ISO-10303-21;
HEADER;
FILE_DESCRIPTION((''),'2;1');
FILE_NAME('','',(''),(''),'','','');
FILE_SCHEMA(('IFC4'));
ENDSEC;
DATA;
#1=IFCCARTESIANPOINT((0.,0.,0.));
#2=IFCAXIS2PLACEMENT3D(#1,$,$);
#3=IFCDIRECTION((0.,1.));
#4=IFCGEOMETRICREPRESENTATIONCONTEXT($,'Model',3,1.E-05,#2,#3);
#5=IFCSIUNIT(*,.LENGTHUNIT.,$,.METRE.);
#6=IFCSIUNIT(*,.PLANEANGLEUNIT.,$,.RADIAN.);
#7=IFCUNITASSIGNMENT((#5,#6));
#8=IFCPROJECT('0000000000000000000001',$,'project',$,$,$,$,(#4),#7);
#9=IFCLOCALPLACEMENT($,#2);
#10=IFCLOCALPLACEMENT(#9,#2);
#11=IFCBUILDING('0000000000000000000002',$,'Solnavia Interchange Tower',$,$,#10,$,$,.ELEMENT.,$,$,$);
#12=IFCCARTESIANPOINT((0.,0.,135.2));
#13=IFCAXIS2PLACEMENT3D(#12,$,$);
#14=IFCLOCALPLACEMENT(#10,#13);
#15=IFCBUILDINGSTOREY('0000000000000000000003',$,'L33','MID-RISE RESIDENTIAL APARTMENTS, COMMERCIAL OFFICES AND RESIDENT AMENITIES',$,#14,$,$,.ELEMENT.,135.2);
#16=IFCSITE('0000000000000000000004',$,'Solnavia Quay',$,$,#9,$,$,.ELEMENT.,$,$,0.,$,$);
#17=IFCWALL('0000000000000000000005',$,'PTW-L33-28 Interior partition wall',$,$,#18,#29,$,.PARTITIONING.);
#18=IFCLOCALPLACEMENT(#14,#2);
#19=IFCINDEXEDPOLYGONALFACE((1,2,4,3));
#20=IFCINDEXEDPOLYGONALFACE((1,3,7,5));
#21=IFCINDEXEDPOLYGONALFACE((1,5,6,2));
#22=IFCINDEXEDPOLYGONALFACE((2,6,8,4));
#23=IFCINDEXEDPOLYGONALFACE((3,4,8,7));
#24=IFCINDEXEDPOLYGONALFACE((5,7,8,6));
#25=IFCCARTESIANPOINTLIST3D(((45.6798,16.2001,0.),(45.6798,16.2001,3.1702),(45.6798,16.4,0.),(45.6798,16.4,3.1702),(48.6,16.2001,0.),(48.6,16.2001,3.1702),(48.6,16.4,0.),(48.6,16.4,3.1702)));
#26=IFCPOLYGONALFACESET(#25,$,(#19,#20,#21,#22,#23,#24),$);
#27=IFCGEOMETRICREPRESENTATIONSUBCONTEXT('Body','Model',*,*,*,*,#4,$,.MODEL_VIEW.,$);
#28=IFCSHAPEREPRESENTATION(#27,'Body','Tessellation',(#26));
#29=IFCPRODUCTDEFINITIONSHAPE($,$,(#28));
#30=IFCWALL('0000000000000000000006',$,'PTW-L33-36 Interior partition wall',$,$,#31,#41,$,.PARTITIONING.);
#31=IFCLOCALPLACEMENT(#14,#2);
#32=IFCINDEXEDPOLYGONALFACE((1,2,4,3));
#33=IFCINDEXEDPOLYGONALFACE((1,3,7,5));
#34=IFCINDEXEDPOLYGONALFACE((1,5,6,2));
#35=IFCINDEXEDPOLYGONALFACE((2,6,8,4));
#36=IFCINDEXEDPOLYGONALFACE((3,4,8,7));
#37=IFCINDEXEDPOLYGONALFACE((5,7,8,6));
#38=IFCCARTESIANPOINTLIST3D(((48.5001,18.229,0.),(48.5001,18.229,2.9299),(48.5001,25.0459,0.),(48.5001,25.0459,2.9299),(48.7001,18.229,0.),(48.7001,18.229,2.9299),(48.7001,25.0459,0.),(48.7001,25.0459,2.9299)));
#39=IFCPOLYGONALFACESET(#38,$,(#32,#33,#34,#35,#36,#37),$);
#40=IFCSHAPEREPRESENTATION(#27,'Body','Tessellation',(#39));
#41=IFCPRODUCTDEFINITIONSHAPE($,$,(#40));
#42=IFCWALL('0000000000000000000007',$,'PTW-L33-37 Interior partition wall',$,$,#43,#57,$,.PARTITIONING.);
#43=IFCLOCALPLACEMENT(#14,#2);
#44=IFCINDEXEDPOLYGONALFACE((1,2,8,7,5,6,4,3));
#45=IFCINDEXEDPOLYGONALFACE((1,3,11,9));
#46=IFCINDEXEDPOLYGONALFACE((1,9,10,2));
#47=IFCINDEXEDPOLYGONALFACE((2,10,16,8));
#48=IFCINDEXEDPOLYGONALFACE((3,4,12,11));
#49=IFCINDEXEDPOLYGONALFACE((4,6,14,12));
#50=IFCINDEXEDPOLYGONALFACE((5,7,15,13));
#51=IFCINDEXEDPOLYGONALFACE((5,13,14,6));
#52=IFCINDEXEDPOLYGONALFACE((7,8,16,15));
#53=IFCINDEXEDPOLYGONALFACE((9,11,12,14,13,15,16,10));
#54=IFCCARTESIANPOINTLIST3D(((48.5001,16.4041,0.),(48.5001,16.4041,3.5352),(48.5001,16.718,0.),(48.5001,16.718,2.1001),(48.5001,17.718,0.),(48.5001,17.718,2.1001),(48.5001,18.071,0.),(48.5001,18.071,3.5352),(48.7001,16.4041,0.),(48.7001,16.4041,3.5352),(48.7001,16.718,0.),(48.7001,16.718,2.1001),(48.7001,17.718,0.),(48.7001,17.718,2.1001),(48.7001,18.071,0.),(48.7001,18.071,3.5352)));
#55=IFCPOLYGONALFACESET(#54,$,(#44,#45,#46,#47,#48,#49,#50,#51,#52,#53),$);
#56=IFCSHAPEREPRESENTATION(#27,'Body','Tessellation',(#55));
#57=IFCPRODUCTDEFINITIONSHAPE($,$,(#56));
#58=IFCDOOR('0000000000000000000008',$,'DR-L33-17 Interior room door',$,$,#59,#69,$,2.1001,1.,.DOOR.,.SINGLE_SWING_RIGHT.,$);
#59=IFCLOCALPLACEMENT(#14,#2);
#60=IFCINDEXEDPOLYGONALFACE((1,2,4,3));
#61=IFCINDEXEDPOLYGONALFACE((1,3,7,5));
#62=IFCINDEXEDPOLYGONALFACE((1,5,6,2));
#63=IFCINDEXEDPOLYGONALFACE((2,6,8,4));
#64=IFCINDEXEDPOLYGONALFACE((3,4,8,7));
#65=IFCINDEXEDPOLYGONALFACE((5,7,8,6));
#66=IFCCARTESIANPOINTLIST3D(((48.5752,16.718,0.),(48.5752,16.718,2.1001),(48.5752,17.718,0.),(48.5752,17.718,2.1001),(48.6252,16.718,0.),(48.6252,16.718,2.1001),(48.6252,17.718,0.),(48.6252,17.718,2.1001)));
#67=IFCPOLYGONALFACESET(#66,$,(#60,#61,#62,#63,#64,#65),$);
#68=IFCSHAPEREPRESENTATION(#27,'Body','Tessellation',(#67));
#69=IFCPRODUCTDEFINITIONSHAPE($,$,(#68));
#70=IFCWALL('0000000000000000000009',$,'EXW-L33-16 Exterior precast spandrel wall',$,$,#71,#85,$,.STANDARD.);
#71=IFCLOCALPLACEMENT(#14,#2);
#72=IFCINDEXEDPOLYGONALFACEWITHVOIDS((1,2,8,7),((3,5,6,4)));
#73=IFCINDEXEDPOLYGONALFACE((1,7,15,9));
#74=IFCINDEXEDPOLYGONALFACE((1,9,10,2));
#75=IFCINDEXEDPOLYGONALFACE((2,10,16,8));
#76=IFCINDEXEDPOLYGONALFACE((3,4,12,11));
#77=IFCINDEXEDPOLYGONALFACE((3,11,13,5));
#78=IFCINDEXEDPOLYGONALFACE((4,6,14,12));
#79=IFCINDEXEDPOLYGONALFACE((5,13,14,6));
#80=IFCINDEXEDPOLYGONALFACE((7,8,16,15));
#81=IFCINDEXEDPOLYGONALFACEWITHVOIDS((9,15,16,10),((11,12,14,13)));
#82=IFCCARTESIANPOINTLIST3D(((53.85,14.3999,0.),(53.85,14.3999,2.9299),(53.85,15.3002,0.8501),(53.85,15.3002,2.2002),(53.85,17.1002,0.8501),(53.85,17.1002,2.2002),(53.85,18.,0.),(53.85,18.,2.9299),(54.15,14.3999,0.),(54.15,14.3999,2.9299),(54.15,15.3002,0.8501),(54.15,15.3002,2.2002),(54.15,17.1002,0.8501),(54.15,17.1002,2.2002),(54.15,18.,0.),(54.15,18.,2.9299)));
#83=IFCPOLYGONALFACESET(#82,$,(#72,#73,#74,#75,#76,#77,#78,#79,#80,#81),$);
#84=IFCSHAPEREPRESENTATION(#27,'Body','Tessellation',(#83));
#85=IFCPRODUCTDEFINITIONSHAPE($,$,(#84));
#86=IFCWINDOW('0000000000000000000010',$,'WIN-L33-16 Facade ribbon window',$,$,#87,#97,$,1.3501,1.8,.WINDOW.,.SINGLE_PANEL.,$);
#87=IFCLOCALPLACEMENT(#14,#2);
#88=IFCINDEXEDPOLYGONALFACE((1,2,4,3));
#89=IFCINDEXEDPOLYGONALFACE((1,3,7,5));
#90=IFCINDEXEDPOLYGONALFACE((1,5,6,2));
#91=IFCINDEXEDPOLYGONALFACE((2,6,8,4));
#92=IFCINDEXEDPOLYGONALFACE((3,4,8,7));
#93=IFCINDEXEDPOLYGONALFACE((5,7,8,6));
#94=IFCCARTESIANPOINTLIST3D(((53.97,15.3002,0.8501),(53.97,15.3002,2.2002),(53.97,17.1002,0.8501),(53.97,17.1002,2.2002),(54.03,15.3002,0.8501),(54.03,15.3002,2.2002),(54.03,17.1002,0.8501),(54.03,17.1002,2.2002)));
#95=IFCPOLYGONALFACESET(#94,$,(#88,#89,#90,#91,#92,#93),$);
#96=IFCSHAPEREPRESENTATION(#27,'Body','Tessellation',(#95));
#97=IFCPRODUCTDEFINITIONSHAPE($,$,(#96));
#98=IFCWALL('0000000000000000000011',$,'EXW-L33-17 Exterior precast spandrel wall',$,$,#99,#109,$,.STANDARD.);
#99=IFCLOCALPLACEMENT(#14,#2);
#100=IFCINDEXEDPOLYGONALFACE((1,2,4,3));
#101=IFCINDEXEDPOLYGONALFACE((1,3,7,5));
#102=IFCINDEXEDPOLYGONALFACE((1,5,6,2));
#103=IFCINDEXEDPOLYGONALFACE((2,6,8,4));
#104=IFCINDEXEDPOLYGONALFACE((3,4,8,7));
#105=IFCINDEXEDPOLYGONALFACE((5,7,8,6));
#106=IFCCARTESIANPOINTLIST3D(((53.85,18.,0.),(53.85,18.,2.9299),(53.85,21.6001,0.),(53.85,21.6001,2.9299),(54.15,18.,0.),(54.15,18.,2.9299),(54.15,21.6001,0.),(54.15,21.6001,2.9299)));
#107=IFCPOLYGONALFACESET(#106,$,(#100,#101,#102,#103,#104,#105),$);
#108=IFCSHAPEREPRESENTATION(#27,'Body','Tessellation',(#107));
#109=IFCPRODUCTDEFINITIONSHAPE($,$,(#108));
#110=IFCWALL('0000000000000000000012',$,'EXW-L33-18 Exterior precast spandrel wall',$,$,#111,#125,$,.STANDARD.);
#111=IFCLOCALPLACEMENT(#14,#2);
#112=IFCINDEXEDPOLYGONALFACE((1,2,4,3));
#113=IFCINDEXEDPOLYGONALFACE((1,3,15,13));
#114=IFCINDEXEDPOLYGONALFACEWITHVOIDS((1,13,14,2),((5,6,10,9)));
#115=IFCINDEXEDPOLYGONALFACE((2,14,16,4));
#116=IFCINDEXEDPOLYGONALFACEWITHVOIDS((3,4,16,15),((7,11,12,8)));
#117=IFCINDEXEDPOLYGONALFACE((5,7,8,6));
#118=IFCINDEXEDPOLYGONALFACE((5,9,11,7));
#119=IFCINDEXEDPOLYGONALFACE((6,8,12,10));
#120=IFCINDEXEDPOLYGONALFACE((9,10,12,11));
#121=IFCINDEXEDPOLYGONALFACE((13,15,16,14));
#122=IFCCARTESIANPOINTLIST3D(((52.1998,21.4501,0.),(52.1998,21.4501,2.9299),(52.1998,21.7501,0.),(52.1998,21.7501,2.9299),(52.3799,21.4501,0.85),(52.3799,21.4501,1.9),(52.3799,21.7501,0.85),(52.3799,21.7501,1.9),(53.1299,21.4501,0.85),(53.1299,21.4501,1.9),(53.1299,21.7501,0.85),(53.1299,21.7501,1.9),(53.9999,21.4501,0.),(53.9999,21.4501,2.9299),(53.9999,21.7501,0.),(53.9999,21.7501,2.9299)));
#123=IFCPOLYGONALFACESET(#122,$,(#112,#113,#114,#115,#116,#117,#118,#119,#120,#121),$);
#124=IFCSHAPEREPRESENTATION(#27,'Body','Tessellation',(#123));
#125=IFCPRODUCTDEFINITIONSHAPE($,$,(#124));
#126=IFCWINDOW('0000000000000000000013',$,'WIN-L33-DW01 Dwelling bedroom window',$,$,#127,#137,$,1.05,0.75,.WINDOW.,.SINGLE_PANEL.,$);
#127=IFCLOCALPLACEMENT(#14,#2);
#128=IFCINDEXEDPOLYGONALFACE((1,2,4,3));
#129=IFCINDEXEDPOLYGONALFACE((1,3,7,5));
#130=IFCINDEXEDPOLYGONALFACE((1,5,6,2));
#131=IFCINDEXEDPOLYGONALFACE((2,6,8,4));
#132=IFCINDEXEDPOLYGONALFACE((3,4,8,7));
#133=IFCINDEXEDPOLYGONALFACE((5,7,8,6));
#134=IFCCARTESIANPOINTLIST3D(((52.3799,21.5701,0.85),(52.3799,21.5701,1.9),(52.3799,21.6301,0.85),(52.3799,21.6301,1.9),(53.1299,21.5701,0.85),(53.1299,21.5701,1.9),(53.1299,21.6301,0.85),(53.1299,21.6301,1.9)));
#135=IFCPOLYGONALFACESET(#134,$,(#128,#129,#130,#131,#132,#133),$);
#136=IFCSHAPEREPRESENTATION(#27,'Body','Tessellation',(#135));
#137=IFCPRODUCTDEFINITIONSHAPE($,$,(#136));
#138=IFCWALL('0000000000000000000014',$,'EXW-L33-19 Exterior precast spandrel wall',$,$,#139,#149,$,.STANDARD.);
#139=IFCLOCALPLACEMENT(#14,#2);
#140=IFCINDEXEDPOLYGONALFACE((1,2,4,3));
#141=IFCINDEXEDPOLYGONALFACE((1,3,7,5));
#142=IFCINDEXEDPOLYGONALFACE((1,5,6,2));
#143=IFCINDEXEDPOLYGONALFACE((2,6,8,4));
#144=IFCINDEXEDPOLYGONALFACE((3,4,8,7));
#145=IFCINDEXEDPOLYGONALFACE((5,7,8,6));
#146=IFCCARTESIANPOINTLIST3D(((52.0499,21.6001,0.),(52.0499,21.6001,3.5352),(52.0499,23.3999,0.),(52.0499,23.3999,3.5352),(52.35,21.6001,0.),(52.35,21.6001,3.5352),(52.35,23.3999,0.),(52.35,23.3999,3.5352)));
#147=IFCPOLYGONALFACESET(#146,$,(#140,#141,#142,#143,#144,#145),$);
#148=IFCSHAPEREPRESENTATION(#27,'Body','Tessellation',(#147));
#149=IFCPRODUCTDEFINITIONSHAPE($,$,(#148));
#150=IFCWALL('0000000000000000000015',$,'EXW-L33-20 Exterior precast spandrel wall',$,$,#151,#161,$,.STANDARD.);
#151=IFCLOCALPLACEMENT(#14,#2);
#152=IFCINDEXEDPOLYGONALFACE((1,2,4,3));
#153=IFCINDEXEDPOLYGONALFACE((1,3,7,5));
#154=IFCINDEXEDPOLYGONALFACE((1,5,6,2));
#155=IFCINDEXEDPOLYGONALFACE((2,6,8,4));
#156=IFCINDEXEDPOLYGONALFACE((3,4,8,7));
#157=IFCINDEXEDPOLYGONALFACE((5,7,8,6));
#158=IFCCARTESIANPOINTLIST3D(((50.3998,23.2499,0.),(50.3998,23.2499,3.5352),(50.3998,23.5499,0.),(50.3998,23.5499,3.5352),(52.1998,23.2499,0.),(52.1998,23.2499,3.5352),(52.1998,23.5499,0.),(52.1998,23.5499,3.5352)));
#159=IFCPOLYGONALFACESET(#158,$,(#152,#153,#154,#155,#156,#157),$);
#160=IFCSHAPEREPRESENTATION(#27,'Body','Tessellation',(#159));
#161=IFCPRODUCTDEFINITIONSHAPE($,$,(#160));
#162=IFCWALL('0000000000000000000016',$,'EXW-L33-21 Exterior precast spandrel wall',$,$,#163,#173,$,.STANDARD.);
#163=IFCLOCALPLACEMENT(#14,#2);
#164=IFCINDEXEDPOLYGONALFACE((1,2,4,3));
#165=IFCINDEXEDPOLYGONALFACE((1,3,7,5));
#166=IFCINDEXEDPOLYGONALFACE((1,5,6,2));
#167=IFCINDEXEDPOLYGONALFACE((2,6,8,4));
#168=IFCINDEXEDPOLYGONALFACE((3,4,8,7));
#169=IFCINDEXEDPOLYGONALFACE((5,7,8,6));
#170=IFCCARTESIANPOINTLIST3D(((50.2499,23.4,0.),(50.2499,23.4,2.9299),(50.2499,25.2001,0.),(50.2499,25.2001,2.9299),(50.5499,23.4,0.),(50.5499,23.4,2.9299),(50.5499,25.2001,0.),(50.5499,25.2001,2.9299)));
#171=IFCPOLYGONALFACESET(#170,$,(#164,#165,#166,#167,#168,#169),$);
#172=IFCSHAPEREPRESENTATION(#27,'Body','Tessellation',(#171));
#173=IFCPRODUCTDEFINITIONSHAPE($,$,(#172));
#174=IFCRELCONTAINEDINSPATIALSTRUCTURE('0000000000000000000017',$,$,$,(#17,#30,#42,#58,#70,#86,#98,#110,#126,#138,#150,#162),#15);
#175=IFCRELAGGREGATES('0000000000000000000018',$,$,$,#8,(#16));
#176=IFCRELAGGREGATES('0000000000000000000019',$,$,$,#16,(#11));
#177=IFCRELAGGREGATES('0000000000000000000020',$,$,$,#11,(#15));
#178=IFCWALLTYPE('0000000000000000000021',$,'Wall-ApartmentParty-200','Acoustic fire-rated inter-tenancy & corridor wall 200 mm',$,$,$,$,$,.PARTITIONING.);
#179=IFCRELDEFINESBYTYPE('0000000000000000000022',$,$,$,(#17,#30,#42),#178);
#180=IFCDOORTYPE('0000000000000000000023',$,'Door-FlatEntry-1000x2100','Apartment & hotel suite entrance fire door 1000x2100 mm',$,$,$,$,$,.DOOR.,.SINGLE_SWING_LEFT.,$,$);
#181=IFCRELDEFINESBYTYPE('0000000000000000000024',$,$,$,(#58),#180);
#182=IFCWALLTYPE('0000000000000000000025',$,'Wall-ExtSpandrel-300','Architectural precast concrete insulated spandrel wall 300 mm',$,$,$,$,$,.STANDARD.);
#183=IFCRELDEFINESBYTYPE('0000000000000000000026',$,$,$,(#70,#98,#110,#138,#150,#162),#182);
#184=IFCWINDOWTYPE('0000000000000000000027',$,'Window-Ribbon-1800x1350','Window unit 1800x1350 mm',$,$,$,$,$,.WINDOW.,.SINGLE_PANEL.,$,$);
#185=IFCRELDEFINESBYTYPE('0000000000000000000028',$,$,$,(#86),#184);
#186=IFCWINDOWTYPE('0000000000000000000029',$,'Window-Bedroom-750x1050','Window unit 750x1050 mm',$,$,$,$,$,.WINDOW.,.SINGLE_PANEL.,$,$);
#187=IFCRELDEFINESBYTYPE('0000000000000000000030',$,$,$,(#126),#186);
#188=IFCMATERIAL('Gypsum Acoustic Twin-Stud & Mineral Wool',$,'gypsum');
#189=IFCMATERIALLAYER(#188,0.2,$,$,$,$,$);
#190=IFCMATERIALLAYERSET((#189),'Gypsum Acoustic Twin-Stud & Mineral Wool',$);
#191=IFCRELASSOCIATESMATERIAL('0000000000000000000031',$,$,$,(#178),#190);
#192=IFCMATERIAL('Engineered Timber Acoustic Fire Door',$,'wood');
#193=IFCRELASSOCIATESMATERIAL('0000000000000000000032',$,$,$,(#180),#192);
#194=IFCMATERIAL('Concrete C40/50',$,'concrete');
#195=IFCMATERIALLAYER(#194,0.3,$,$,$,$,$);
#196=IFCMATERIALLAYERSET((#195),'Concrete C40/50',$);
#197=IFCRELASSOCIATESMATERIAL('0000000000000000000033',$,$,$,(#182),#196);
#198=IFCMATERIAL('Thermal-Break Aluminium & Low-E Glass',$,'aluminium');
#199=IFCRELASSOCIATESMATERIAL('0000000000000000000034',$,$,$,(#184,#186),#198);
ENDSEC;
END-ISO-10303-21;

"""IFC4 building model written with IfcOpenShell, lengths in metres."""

from ifc_helpers import new_model, si_unit, direction, frame, frame_2d, origin, place, context, subcontext, project, spatial, rectangle, extrude, material, layer, layer_set, type_object, element, fill, save


model = new_model("IFC4")

# Units and contexts
model_context = context("Model", 3, precision=1e-05, world=origin(), true_north=direction((0.0, 1.0)))
body_context = subcontext(model_context, "Body", "Model", "MODEL_VIEW")
ifc_project = project(units=[si_unit("LENGTHUNIT", "METRE"), si_unit("PLANEANGLEUNIT", "RADIAN")], contexts=[model_context])

# Site, building, storey
site_placement = place(None, origin())
site = spatial("IfcSite", under=ifc_project, at=site_placement, Name="Solnavia Quay", CompositionType="ELEMENT", RefElevation=0.0)
building_placement = place(site_placement, origin())
building = spatial("IfcBuilding", under=site, at=building_placement, Name="Solnavia Interchange Tower", CompositionType="ELEMENT")
storey_placement = place(building_placement, frame((0.0, 0.0, 135.2)))
storey = spatial("IfcBuildingStorey", under=building, at=storey_placement, Name="L33", Description="MID-RISE RESIDENTIAL APARTMENTS, COMMERCIAL OFFICES AND RESIDENT AMENITIES", CompositionType="ELEMENT", Elevation=135.2)

# Walls
ifc_material_1 = material(Name="Gypsum Acoustic Twin-Stud & Mineral Wool", Category="gypsum")
ifc_layer_1 = layer(ifc_material_1, 0.2)
ifc_layer_set_1 = layer_set([ifc_layer_1], Name="Gypsum Acoustic Twin-Stud & Mineral Wool")
wall_type_1 = type_object("IfcWallType", Name="Wall-ApartmentParty-200", Description="Acoustic fire-rated inter-tenancy & corridor wall 200 mm", PredefinedType="PARTITIONING", material=ifc_layer_set_1)
wall_1_placement = place(storey_placement, frame((45.6799, 16.3, 0.0), z_axis=(0.0, 0.0, 1.0), x_axis=(1.0, 0.0, 0.0)))
element("IfcWall", 1, at=wall_1_placement, inside=storey, type_object=wall_type_1, Name="PTW-L33-28 Interior partition wall", PredefinedType="PARTITIONING", context=body_context, shape_type="SweptSolid", body=[
    extrude(rectangle(XDim=2.9202, YDim=0.2, at=frame_2d((1.46, 0.0))), origin(), (0.0, 0.0, 1.0), 3.1702),
])
wall_2_placement = place(storey_placement, frame((48.6001, 18.229, 0.0), z_axis=(0.0, 0.0, 1.0), x_axis=(0.0, 1.0, 0.0)))
element("IfcWall", 2, at=wall_2_placement, inside=storey, type_object=wall_type_1, Name="PTW-L33-36 Interior partition wall", PredefinedType="PARTITIONING", context=body_context, shape_type="SweptSolid", body=[
    extrude(rectangle(XDim=6.8169, YDim=0.2, at=frame_2d((3.4084, 0.0))), origin(), (0.0, 0.0, 1.0), 2.9299),
])

# Wall, opening, door
wall_3_placement = place(storey_placement, frame((48.6001, 16.4041, 0.0), z_axis=(0.0, 0.0, 1.0), x_axis=(0.0, 1.0, 0.0)))
wall_3 = element("IfcWall", 3, at=wall_3_placement, inside=storey, type_object=wall_type_1, Name="PTW-L33-37 Interior partition wall", PredefinedType="PARTITIONING", context=body_context, shape_type="SweptSolid", body=[
    extrude(rectangle(XDim=1.667, YDim=0.2, at=frame_2d((0.8335, 0.0))), origin(), (0.0, 0.0, 1.0), 3.5352),
])
opening_1_placement = place(wall_3_placement, frame((0.314, 0.0, 0.0)))
opening_1 = element("IfcOpeningElement", 4, at=opening_1_placement, cuts=wall_3, PredefinedType="OPENING", context=body_context, shape_type="SweptSolid", body=[
    extrude(rectangle(XDim=1.0, YDim=2.1001, at=frame_2d((0.5, 1.05))), frame((0.0, 0.1099, 0.0), z_axis=(0.0, -1.0, 0.0), x_axis=(1.0, 0.0, 0.0)), (0.0, 0.0, 1.0), 0.22),
])
ifc_material_2 = material(Name="Engineered Timber Acoustic Fire Door", Category="wood")
door_type_1 = type_object("IfcDoorType", Name="Door-FlatEntry-1000x2100", Description="Apartment & hotel suite entrance fire door 1000x2100 mm", OperationType="SINGLE_SWING_LEFT", PredefinedType="DOOR", material=ifc_material_2)
door_1_placement = place(opening_1_placement, origin())
door_1 = element("IfcDoor", 5, at=door_1_placement, inside=storey, type_object=door_type_1, Name="DR-L33-17 Interior room door", OperationType="SINGLE_SWING_RIGHT", OverallHeight=2.1001, OverallWidth=1.0, PredefinedType="DOOR", context=body_context, shape_type="SweptSolid", body=[
    extrude(rectangle(XDim=1.0, YDim=2.1001, at=frame_2d((0.5, 1.05))), frame((0.0, 0.0249, 0.0), z_axis=(0.0, -1.0, 0.0), x_axis=(1.0, 0.0, 0.0)), (0.0, 0.0, 1.0), 0.05),
])
fill(opening_1, door_1)

# Wall, opening, window
ifc_material_3 = material(Name="Concrete C40/50", Category="concrete")
ifc_layer_2 = layer(ifc_material_3, 0.3)
ifc_layer_set_2 = layer_set([ifc_layer_2], Name="Concrete C40/50")
wall_type_2 = type_object("IfcWallType", Name="Wall-ExtSpandrel-300", Description="Architectural precast concrete insulated spandrel wall 300 mm", PredefinedType="STANDARD", material=ifc_layer_set_2)
wall_4_placement = place(storey_placement, frame((54.0, 18.0, 0.0), z_axis=(0.0, 0.0, 1.0), x_axis=(0.0, -1.0, 0.0)))
wall_4 = element("IfcWall", 6, at=wall_4_placement, inside=storey, type_object=wall_type_2, Name="EXW-L33-16 Exterior precast spandrel wall", PredefinedType="STANDARD", context=body_context, shape_type="SweptSolid", body=[
    extrude(rectangle(XDim=3.6001, YDim=0.3, at=frame_2d((1.8, 0.0))), origin(), (0.0, 0.0, 1.0), 2.9299),
])
opening_2_placement = place(wall_4_placement, frame((0.8999, 0.0, 0.8501)))
opening_2 = element("IfcOpeningElement", 7, at=opening_2_placement, cuts=wall_4, PredefinedType="OPENING", context=body_context, shape_type="SweptSolid", body=[
    extrude(rectangle(XDim=1.8, YDim=1.3501, at=frame_2d((0.8999, 0.675))), frame((0.0, 0.1602, 0.0), z_axis=(0.0, -1.0, 0.0), x_axis=(1.0, 0.0, 0.0)), (0.0, 0.0, 1.0), 0.3201),
])
ifc_material_4 = material(Name="Thermal-Break Aluminium & Low-E Glass", Category="aluminium")
window_type_1 = type_object("IfcWindowType", Name="Window-Ribbon-1800x1350", Description="Window unit 1800x1350 mm", PartitioningType="SINGLE_PANEL", PredefinedType="WINDOW", material=ifc_material_4)
window_1_placement = place(opening_2_placement, origin())
window_1 = element("IfcWindow", 8, at=window_1_placement, inside=storey, type_object=window_type_1, Name="WIN-L33-16 Facade ribbon window", OverallHeight=1.3501, OverallWidth=1.8, PartitioningType="SINGLE_PANEL", PredefinedType="WINDOW", context=body_context, shape_type="SweptSolid", body=[
    extrude(rectangle(XDim=1.8, YDim=1.3501, at=frame_2d((0.8999, 0.675))), frame((0.0, 0.03, 0.0), z_axis=(0.0, -1.0, 0.0), x_axis=(1.0, 0.0, 0.0)), (0.0, 0.0, 1.0), 0.0601),
])
fill(opening_2, window_1)

# Wall
wall_5_placement = place(storey_placement, frame((54.0, 21.6001, 0.0), z_axis=(0.0, 0.0, 1.0), x_axis=(0.0, -1.0, 0.0)))
element("IfcWall", 9, at=wall_5_placement, inside=storey, type_object=wall_type_2, Name="EXW-L33-17 Exterior precast spandrel wall", PredefinedType="STANDARD", context=body_context, shape_type="SweptSolid", body=[
    extrude(rectangle(XDim=3.6001, YDim=0.3, at=frame_2d((1.8, 0.0))), origin(), (0.0, 0.0, 1.0), 2.9299),
])

# Wall, opening, window
wall_6_placement = place(storey_placement, frame((52.2, 21.6001, 0.0), z_axis=(0.0, 0.0, 1.0), x_axis=(1.0, 0.0, 0.0)))
wall_6 = element("IfcWall", 10, at=wall_6_placement, inside=storey, type_object=wall_type_2, Name="EXW-L33-18 Exterior precast spandrel wall", PredefinedType="STANDARD", context=body_context, shape_type="SweptSolid", body=[
    extrude(rectangle(XDim=1.8, YDim=0.3, at=frame_2d((0.8999, 0.0))), origin(), (0.0, 0.0, 1.0), 2.9299),
])
opening_3_placement = place(wall_6_placement, frame((0.1799, 0.0, 0.8501)))
opening_3 = element("IfcOpeningElement", 11, at=opening_3_placement, cuts=wall_6, PredefinedType="OPENING", context=body_context, shape_type="SweptSolid", body=[
    extrude(rectangle(XDim=0.75, YDim=1.05, at=frame_2d((0.375, 0.5249))), frame((0.0, 0.1602, 0.0), z_axis=(0.0, -1.0, 0.0), x_axis=(1.0, 0.0, 0.0)), (0.0, 0.0, 1.0), 0.3201),
])
window_type_2 = type_object("IfcWindowType", Name="Window-Bedroom-750x1050", Description="Window unit 750x1050 mm", PartitioningType="SINGLE_PANEL", PredefinedType="WINDOW", material=ifc_material_4)
window_2_placement = place(opening_3_placement, origin())
window_2 = element("IfcWindow", 12, at=window_2_placement, inside=storey, type_object=window_type_2, Name="WIN-L33-DW01 Dwelling bedroom window", OverallHeight=1.05, OverallWidth=0.75, PartitioningType="SINGLE_PANEL", PredefinedType="WINDOW", context=body_context, shape_type="SweptSolid", body=[
    extrude(rectangle(XDim=0.75, YDim=1.05, at=frame_2d((0.375, 0.5249))), frame((0.0, 0.03, 0.0), z_axis=(0.0, -1.0, 0.0), x_axis=(1.0, 0.0, 0.0)), (0.0, 0.0, 1.0), 0.0601),
])
fill(opening_3, window_2)

# Walls
wall_7_placement = place(storey_placement, frame((52.2, 23.3999, 0.0), z_axis=(0.0, 0.0, 1.0), x_axis=(0.0, -1.0, 0.0)))
element("IfcWall", 13, at=wall_7_placement, inside=storey, type_object=wall_type_2, Name="EXW-L33-19 Exterior precast spandrel wall", PredefinedType="STANDARD", context=body_context, shape_type="SweptSolid", body=[
    extrude(rectangle(XDim=1.7998, YDim=0.3, at=frame_2d((0.8999, 0.0))), origin(), (0.0, 0.0, 1.0), 3.5352),
])
wall_8_placement = place(storey_placement, frame((50.3999, 23.3999, 0.0), z_axis=(0.0, 0.0, 1.0), x_axis=(1.0, 0.0, 0.0)))
element("IfcWall", 14, at=wall_8_placement, inside=storey, type_object=wall_type_2, Name="EXW-L33-20 Exterior precast spandrel wall", PredefinedType="STANDARD", context=body_context, shape_type="SweptSolid", body=[
    extrude(rectangle(XDim=1.8, YDim=0.3, at=frame_2d((0.8999, 0.0))), origin(), (0.0, 0.0, 1.0), 3.5352),
])
wall_9_placement = place(storey_placement, frame((50.3999, 25.2, 0.0), z_axis=(0.0, 0.0, 1.0), x_axis=(0.0, -1.0, 0.0)))
element("IfcWall", 15, at=wall_9_placement, inside=storey, type_object=wall_type_2, Name="EXW-L33-21 Exterior precast spandrel wall", PredefinedType="STANDARD", context=body_context, shape_type="SweptSolid", body=[
    extrude(rectangle(XDim=1.8, YDim=0.3, at=frame_2d((0.8999, 0.0))), origin(), (0.0, 0.0, 1.0), 2.9299),
])

save(model, "model.ifc")
